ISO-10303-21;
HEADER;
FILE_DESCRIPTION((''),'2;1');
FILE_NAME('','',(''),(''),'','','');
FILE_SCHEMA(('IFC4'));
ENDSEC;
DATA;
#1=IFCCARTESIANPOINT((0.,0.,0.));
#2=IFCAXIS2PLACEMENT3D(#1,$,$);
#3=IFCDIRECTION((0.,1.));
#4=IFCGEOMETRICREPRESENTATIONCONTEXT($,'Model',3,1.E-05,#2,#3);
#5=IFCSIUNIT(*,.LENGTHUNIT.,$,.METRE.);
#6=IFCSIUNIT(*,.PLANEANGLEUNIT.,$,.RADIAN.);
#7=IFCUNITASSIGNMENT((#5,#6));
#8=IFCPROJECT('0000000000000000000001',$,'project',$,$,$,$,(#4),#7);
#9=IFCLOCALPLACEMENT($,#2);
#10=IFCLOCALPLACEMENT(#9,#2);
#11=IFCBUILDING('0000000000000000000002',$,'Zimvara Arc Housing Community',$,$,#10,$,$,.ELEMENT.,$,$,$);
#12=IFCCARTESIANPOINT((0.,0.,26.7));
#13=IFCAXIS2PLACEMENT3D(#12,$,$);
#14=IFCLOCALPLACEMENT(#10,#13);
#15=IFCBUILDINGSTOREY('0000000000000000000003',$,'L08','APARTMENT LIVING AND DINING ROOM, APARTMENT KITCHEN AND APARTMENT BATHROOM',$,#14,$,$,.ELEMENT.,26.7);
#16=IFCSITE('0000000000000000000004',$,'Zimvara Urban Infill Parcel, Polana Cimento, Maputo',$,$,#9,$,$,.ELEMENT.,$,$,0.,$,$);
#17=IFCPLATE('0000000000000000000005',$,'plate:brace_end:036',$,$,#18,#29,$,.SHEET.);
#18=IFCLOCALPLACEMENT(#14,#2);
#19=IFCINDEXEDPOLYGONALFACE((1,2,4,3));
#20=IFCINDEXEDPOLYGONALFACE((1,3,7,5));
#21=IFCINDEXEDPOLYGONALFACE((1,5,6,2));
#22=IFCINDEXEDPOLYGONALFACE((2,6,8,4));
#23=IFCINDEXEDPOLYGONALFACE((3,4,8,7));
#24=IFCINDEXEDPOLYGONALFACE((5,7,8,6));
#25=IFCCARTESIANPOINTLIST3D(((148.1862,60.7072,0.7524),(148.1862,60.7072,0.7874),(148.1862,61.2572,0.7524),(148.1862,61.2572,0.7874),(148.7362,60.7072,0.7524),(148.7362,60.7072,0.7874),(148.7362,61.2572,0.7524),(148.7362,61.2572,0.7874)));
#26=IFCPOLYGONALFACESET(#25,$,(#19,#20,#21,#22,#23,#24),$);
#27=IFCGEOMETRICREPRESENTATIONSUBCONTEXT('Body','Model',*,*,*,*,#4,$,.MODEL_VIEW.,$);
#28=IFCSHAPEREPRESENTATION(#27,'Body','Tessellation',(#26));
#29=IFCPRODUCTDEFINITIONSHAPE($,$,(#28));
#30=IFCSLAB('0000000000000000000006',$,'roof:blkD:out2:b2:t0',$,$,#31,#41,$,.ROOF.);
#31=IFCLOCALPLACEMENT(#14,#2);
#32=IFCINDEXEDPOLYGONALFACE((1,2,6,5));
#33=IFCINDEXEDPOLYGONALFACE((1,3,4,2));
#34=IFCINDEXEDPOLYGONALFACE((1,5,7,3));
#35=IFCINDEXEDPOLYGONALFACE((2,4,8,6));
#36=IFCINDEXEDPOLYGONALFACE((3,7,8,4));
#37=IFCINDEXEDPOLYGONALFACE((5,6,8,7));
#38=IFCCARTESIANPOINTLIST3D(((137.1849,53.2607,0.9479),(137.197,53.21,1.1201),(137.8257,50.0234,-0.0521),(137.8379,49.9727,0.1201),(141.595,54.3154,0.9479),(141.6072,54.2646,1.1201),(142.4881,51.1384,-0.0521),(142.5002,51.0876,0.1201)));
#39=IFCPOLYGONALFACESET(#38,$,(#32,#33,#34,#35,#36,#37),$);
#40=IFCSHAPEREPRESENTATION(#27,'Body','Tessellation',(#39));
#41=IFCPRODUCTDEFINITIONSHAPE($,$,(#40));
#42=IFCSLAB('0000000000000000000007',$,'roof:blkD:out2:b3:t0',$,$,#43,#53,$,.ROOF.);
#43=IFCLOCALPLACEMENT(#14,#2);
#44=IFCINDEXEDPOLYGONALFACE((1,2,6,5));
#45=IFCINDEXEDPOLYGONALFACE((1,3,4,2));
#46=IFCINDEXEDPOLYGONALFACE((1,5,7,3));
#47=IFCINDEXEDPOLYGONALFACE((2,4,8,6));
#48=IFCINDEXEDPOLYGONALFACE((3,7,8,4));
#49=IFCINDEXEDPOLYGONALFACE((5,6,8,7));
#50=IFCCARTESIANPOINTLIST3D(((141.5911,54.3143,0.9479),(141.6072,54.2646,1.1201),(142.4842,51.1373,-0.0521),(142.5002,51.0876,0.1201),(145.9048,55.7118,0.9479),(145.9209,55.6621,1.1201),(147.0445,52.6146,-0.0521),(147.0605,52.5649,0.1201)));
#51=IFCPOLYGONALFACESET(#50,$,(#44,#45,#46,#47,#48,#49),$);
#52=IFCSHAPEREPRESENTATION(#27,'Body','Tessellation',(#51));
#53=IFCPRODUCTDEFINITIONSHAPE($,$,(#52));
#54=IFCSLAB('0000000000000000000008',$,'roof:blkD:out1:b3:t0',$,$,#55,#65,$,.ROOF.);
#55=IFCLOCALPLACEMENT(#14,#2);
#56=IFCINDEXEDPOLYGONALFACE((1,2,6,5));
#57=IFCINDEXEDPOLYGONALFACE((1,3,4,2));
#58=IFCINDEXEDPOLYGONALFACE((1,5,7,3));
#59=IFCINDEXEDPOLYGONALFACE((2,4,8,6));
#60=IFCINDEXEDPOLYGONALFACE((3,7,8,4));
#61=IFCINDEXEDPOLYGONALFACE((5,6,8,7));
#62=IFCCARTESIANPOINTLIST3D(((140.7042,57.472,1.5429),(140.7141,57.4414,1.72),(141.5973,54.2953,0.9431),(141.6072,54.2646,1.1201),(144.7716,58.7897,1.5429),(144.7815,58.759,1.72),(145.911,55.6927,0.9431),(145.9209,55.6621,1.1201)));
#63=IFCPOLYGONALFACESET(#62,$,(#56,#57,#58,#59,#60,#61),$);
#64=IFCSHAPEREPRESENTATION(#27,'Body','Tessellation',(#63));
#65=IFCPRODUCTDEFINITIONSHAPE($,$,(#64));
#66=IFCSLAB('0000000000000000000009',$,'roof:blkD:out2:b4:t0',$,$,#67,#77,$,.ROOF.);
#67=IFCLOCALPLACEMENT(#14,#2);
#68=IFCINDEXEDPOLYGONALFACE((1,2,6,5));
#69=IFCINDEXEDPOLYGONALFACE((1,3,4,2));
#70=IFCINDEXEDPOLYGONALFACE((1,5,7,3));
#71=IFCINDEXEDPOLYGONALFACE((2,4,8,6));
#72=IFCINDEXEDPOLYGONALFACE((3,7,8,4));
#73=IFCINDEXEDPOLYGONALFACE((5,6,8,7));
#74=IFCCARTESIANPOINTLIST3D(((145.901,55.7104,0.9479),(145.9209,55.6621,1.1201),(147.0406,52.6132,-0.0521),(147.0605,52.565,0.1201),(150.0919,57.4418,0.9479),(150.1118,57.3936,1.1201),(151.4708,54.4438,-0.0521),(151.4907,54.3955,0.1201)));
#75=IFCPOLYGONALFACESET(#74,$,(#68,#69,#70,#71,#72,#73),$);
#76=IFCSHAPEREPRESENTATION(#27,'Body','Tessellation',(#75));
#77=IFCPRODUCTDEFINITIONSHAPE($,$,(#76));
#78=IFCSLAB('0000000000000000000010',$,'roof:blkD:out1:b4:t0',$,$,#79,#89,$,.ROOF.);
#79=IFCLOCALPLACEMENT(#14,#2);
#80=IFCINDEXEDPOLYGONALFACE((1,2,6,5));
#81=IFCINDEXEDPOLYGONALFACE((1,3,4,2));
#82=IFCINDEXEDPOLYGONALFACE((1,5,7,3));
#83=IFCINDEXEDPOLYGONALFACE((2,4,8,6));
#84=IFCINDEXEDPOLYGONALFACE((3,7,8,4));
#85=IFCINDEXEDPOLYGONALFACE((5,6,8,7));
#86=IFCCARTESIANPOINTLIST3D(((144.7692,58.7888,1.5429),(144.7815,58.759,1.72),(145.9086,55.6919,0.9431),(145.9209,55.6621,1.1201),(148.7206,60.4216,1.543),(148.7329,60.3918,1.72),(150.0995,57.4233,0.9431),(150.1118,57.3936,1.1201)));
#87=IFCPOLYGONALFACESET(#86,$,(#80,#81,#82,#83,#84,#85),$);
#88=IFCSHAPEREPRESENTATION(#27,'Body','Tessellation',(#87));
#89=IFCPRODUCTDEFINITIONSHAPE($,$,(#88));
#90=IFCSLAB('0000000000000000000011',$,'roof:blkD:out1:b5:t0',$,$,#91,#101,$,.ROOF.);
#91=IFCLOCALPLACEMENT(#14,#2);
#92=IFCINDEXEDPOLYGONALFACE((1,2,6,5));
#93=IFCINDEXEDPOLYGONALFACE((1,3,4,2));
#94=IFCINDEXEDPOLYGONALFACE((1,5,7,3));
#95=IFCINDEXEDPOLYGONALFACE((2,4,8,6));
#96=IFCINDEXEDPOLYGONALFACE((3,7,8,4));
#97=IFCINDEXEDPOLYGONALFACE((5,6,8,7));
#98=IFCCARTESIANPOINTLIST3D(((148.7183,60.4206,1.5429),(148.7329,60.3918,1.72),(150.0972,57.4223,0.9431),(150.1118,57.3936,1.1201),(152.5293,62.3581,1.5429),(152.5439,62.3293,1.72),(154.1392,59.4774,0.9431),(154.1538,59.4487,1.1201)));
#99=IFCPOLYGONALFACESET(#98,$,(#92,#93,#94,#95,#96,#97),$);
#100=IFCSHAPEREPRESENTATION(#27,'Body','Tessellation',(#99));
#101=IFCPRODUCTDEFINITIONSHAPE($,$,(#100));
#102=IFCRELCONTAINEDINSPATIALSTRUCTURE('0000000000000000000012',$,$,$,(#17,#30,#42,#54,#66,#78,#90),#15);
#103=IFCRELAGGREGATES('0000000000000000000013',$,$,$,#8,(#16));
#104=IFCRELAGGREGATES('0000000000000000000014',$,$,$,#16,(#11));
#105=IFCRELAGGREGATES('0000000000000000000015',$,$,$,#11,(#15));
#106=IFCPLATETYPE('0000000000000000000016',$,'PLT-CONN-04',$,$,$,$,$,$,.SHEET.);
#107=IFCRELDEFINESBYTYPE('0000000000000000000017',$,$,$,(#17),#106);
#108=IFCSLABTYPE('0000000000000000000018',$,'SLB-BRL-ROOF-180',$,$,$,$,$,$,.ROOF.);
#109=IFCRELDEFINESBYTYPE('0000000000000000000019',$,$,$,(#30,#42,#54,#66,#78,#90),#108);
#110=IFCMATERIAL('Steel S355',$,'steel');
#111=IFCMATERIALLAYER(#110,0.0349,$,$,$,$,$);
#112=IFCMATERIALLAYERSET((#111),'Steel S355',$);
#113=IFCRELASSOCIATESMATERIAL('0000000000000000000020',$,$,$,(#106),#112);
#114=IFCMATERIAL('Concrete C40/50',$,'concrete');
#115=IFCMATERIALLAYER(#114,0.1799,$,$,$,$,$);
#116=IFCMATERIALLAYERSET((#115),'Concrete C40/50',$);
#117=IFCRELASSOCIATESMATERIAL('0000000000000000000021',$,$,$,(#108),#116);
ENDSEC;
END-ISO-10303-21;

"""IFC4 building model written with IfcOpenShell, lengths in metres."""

from ifc_helpers import new_model, si_unit, direction, frame, origin, origin_2d, place, context, subcontext, project, spatial, polyline, rectangle, outline, extrude, material, layer, layer_set, type_object, element, save


model = new_model("IFC4")

# Units and contexts
model_context = context("Model", 3, precision=1e-05, world=origin(), true_north=direction((0.0, 1.0)))
body_context = subcontext(model_context, "Body", "Model", "MODEL_VIEW")
ifc_project = project(units=[si_unit("LENGTHUNIT", "METRE"), si_unit("PLANEANGLEUNIT", "RADIAN")], contexts=[model_context])

# Site, building, storey
site_placement = place(None, origin())
site = spatial("IfcSite", under=ifc_project, at=site_placement, Name="Zimvara Urban Infill Parcel, Polana Cimento, Maputo", CompositionType="ELEMENT", RefElevation=0.0)
building_placement = place(site_placement, origin())
building = spatial("IfcBuilding", under=site, at=building_placement, Name="Zimvara Arc Housing Community", CompositionType="ELEMENT")
storey_placement = place(building_placement, frame((0.0, 0.0, 26.7)))
storey = spatial("IfcBuildingStorey", under=building, at=storey_placement, Name="L08", Description="APARTMENT LIVING AND DINING ROOM, APARTMENT KITCHEN AND APARTMENT BATHROOM", CompositionType="ELEMENT", Elevation=26.7)

# Plate
ifc_material_1 = material(Name="Steel S355", Category="steel")
ifc_layer_1 = layer(ifc_material_1, 0.0349)
ifc_layer_set_1 = layer_set([ifc_layer_1], Name="Steel S355")
plate_type_1 = type_object("IfcPlateType", Name="PLT-CONN-04", PredefinedType="SHEET", material=ifc_layer_set_1)
plate_1_placement = place(storey_placement, frame((148.4612, 60.9822, 0.7524), z_axis=(0.0, 0.0, 1.0), x_axis=(1.0, 0.0, 0.0)))
element("IfcPlate", 1, at=plate_1_placement, inside=storey, type_object=plate_type_1, Name="plate:brace_end:036", PredefinedType="SHEET", context=body_context, shape_type="SweptSolid", body=[
    extrude(rectangle(XDim=0.55, YDim=0.55, at=origin_2d()), origin(), (0.0, 0.0, 1.0), 0.0349),
])

# Slabs
ifc_material_2 = material(Name="Concrete C40/50", Category="concrete")
ifc_layer_2 = layer(ifc_material_2, 0.1799)
ifc_layer_set_2 = layer_set([ifc_layer_2], Name="Concrete C40/50")
slab_type = type_object("IfcSlabType", Name="SLB-BRL-ROOF-180", PredefinedType="ROOF", material=ifc_layer_set_2)
slab_1_placement = place(storey_placement, frame((142.5002, 51.0876, 0.1201), z_axis=(0.067498, -0.282243, 0.956965), x_axis=(-0.972575, -0.232589, 0.0)))
element("IfcSlab", 2, at=slab_1_placement, inside=storey, type_object=slab_type, Name="roof:blkD:out2:b2:t0", PredefinedType="ROOF", context=body_context, shape_type="SweptSolid", body=[
    extrude(outline(polyline([(0.0, 0.0), (4.7938, 0.0), (4.6642, -3.4459), (0.1296, -3.4459), (0.0, 0.0)])), origin(), (0.0, 0.0, -1.0), 0.1799),
])
slab_2_placement = place(storey_placement, frame((147.0605, 52.5649, 0.1201), z_axis=(0.089435, -0.276074, 0.956966), x_axis=(-0.951328, -0.30818, 0.000001)))
element("IfcSlab", 3, at=slab_2_placement, inside=storey, type_object=slab_type, Name="roof:blkD:out2:b3:t0", PredefinedType="ROOF", context=body_context, shape_type="SweptSolid", body=[
    extrude(outline(polyline([(0.0, 0.0), (4.7936, 0.0), (4.6641, -3.4459), (0.1297, -3.4459), (0.0, 0.0)])), origin(), (0.0, 0.0, -1.0), 0.1799),
])
slab_3_placement = place(storey_placement, frame((145.9209, 55.6621, 1.1201), z_axis=(0.05516, -0.170271, 0.983852), x_axis=(-0.951325, -0.308189, -0.000001)))
element("IfcSlab", 4, at=slab_3_placement, inside=storey, type_object=slab_type, Name="roof:blkD:out1:b3:t0", PredefinedType="ROOF", context=body_context, shape_type="SweptSolid", body=[
    extrude(outline(polyline([(0.0, 0.0), (4.5344, 0.0), (4.405, -3.3515), (0.1295, -3.3515), (0.0, 0.0)])), origin(), (0.0, 0.0, -1.0), 0.1799),
])
slab_4_placement = place(storey_placement, frame((151.4907, 54.3955, 0.1201), z_axis=(0.110819, -0.268214, 0.956964), x_axis=(-0.92421, -0.381885, -0.000007)))
element("IfcSlab", 5, at=slab_4_placement, inside=storey, type_object=slab_type, Name="roof:blkD:out2:b4:t0", PredefinedType="ROOF", context=body_context, shape_type="SweptSolid", body=[
    extrude(outline(polyline([(0.0, 0.0), (4.7935, 0.0), (4.664, -3.4459), (0.1295, -3.4457), (0.0, 0.0)])), origin(), (0.0, 0.0, -1.0), 0.1799),
])
slab_5_placement = place(storey_placement, frame((150.1118, 57.3936, 1.1201), z_axis=(0.068345, -0.165412, 0.983854), x_axis=(-0.924229, -0.381839, 0.000006)))
element("IfcSlab", 6, at=slab_5_placement, inside=storey, type_object=slab_type, Name="roof:blkD:out1:b4:t0", PredefinedType="ROOF", context=body_context, shape_type="SweptSolid", body=[
    extrude(outline(polyline([(0.0, 0.0), (4.5345, 0.0), (4.405, -3.3515), (0.1296, -3.3517), (0.0, 0.0)])), origin(), (0.0, 0.0, -1.0), 0.1799),
])
slab_6_placement = place(storey_placement, frame((154.1538, 59.4487, 1.1201), z_axis=(0.081113, -0.159538, 0.983854), x_axis=(-0.891392, -0.453233, -0.000004)))
element("IfcSlab", 7, at=slab_6_placement, inside=storey, type_object=slab_type, Name="roof:blkD:out1:b5:t0", PredefinedType="ROOF", context=body_context, shape_type="SweptSolid", body=[
    extrude(outline(polyline([(0.0, 0.0), (4.5345, 0.0), (4.4047, -3.3517), (0.1294, -3.3515), (0.0, 0.0)])), origin(), (0.0, 0.0, -1.0), 0.1799),
])

save(model, "model.ifc")
